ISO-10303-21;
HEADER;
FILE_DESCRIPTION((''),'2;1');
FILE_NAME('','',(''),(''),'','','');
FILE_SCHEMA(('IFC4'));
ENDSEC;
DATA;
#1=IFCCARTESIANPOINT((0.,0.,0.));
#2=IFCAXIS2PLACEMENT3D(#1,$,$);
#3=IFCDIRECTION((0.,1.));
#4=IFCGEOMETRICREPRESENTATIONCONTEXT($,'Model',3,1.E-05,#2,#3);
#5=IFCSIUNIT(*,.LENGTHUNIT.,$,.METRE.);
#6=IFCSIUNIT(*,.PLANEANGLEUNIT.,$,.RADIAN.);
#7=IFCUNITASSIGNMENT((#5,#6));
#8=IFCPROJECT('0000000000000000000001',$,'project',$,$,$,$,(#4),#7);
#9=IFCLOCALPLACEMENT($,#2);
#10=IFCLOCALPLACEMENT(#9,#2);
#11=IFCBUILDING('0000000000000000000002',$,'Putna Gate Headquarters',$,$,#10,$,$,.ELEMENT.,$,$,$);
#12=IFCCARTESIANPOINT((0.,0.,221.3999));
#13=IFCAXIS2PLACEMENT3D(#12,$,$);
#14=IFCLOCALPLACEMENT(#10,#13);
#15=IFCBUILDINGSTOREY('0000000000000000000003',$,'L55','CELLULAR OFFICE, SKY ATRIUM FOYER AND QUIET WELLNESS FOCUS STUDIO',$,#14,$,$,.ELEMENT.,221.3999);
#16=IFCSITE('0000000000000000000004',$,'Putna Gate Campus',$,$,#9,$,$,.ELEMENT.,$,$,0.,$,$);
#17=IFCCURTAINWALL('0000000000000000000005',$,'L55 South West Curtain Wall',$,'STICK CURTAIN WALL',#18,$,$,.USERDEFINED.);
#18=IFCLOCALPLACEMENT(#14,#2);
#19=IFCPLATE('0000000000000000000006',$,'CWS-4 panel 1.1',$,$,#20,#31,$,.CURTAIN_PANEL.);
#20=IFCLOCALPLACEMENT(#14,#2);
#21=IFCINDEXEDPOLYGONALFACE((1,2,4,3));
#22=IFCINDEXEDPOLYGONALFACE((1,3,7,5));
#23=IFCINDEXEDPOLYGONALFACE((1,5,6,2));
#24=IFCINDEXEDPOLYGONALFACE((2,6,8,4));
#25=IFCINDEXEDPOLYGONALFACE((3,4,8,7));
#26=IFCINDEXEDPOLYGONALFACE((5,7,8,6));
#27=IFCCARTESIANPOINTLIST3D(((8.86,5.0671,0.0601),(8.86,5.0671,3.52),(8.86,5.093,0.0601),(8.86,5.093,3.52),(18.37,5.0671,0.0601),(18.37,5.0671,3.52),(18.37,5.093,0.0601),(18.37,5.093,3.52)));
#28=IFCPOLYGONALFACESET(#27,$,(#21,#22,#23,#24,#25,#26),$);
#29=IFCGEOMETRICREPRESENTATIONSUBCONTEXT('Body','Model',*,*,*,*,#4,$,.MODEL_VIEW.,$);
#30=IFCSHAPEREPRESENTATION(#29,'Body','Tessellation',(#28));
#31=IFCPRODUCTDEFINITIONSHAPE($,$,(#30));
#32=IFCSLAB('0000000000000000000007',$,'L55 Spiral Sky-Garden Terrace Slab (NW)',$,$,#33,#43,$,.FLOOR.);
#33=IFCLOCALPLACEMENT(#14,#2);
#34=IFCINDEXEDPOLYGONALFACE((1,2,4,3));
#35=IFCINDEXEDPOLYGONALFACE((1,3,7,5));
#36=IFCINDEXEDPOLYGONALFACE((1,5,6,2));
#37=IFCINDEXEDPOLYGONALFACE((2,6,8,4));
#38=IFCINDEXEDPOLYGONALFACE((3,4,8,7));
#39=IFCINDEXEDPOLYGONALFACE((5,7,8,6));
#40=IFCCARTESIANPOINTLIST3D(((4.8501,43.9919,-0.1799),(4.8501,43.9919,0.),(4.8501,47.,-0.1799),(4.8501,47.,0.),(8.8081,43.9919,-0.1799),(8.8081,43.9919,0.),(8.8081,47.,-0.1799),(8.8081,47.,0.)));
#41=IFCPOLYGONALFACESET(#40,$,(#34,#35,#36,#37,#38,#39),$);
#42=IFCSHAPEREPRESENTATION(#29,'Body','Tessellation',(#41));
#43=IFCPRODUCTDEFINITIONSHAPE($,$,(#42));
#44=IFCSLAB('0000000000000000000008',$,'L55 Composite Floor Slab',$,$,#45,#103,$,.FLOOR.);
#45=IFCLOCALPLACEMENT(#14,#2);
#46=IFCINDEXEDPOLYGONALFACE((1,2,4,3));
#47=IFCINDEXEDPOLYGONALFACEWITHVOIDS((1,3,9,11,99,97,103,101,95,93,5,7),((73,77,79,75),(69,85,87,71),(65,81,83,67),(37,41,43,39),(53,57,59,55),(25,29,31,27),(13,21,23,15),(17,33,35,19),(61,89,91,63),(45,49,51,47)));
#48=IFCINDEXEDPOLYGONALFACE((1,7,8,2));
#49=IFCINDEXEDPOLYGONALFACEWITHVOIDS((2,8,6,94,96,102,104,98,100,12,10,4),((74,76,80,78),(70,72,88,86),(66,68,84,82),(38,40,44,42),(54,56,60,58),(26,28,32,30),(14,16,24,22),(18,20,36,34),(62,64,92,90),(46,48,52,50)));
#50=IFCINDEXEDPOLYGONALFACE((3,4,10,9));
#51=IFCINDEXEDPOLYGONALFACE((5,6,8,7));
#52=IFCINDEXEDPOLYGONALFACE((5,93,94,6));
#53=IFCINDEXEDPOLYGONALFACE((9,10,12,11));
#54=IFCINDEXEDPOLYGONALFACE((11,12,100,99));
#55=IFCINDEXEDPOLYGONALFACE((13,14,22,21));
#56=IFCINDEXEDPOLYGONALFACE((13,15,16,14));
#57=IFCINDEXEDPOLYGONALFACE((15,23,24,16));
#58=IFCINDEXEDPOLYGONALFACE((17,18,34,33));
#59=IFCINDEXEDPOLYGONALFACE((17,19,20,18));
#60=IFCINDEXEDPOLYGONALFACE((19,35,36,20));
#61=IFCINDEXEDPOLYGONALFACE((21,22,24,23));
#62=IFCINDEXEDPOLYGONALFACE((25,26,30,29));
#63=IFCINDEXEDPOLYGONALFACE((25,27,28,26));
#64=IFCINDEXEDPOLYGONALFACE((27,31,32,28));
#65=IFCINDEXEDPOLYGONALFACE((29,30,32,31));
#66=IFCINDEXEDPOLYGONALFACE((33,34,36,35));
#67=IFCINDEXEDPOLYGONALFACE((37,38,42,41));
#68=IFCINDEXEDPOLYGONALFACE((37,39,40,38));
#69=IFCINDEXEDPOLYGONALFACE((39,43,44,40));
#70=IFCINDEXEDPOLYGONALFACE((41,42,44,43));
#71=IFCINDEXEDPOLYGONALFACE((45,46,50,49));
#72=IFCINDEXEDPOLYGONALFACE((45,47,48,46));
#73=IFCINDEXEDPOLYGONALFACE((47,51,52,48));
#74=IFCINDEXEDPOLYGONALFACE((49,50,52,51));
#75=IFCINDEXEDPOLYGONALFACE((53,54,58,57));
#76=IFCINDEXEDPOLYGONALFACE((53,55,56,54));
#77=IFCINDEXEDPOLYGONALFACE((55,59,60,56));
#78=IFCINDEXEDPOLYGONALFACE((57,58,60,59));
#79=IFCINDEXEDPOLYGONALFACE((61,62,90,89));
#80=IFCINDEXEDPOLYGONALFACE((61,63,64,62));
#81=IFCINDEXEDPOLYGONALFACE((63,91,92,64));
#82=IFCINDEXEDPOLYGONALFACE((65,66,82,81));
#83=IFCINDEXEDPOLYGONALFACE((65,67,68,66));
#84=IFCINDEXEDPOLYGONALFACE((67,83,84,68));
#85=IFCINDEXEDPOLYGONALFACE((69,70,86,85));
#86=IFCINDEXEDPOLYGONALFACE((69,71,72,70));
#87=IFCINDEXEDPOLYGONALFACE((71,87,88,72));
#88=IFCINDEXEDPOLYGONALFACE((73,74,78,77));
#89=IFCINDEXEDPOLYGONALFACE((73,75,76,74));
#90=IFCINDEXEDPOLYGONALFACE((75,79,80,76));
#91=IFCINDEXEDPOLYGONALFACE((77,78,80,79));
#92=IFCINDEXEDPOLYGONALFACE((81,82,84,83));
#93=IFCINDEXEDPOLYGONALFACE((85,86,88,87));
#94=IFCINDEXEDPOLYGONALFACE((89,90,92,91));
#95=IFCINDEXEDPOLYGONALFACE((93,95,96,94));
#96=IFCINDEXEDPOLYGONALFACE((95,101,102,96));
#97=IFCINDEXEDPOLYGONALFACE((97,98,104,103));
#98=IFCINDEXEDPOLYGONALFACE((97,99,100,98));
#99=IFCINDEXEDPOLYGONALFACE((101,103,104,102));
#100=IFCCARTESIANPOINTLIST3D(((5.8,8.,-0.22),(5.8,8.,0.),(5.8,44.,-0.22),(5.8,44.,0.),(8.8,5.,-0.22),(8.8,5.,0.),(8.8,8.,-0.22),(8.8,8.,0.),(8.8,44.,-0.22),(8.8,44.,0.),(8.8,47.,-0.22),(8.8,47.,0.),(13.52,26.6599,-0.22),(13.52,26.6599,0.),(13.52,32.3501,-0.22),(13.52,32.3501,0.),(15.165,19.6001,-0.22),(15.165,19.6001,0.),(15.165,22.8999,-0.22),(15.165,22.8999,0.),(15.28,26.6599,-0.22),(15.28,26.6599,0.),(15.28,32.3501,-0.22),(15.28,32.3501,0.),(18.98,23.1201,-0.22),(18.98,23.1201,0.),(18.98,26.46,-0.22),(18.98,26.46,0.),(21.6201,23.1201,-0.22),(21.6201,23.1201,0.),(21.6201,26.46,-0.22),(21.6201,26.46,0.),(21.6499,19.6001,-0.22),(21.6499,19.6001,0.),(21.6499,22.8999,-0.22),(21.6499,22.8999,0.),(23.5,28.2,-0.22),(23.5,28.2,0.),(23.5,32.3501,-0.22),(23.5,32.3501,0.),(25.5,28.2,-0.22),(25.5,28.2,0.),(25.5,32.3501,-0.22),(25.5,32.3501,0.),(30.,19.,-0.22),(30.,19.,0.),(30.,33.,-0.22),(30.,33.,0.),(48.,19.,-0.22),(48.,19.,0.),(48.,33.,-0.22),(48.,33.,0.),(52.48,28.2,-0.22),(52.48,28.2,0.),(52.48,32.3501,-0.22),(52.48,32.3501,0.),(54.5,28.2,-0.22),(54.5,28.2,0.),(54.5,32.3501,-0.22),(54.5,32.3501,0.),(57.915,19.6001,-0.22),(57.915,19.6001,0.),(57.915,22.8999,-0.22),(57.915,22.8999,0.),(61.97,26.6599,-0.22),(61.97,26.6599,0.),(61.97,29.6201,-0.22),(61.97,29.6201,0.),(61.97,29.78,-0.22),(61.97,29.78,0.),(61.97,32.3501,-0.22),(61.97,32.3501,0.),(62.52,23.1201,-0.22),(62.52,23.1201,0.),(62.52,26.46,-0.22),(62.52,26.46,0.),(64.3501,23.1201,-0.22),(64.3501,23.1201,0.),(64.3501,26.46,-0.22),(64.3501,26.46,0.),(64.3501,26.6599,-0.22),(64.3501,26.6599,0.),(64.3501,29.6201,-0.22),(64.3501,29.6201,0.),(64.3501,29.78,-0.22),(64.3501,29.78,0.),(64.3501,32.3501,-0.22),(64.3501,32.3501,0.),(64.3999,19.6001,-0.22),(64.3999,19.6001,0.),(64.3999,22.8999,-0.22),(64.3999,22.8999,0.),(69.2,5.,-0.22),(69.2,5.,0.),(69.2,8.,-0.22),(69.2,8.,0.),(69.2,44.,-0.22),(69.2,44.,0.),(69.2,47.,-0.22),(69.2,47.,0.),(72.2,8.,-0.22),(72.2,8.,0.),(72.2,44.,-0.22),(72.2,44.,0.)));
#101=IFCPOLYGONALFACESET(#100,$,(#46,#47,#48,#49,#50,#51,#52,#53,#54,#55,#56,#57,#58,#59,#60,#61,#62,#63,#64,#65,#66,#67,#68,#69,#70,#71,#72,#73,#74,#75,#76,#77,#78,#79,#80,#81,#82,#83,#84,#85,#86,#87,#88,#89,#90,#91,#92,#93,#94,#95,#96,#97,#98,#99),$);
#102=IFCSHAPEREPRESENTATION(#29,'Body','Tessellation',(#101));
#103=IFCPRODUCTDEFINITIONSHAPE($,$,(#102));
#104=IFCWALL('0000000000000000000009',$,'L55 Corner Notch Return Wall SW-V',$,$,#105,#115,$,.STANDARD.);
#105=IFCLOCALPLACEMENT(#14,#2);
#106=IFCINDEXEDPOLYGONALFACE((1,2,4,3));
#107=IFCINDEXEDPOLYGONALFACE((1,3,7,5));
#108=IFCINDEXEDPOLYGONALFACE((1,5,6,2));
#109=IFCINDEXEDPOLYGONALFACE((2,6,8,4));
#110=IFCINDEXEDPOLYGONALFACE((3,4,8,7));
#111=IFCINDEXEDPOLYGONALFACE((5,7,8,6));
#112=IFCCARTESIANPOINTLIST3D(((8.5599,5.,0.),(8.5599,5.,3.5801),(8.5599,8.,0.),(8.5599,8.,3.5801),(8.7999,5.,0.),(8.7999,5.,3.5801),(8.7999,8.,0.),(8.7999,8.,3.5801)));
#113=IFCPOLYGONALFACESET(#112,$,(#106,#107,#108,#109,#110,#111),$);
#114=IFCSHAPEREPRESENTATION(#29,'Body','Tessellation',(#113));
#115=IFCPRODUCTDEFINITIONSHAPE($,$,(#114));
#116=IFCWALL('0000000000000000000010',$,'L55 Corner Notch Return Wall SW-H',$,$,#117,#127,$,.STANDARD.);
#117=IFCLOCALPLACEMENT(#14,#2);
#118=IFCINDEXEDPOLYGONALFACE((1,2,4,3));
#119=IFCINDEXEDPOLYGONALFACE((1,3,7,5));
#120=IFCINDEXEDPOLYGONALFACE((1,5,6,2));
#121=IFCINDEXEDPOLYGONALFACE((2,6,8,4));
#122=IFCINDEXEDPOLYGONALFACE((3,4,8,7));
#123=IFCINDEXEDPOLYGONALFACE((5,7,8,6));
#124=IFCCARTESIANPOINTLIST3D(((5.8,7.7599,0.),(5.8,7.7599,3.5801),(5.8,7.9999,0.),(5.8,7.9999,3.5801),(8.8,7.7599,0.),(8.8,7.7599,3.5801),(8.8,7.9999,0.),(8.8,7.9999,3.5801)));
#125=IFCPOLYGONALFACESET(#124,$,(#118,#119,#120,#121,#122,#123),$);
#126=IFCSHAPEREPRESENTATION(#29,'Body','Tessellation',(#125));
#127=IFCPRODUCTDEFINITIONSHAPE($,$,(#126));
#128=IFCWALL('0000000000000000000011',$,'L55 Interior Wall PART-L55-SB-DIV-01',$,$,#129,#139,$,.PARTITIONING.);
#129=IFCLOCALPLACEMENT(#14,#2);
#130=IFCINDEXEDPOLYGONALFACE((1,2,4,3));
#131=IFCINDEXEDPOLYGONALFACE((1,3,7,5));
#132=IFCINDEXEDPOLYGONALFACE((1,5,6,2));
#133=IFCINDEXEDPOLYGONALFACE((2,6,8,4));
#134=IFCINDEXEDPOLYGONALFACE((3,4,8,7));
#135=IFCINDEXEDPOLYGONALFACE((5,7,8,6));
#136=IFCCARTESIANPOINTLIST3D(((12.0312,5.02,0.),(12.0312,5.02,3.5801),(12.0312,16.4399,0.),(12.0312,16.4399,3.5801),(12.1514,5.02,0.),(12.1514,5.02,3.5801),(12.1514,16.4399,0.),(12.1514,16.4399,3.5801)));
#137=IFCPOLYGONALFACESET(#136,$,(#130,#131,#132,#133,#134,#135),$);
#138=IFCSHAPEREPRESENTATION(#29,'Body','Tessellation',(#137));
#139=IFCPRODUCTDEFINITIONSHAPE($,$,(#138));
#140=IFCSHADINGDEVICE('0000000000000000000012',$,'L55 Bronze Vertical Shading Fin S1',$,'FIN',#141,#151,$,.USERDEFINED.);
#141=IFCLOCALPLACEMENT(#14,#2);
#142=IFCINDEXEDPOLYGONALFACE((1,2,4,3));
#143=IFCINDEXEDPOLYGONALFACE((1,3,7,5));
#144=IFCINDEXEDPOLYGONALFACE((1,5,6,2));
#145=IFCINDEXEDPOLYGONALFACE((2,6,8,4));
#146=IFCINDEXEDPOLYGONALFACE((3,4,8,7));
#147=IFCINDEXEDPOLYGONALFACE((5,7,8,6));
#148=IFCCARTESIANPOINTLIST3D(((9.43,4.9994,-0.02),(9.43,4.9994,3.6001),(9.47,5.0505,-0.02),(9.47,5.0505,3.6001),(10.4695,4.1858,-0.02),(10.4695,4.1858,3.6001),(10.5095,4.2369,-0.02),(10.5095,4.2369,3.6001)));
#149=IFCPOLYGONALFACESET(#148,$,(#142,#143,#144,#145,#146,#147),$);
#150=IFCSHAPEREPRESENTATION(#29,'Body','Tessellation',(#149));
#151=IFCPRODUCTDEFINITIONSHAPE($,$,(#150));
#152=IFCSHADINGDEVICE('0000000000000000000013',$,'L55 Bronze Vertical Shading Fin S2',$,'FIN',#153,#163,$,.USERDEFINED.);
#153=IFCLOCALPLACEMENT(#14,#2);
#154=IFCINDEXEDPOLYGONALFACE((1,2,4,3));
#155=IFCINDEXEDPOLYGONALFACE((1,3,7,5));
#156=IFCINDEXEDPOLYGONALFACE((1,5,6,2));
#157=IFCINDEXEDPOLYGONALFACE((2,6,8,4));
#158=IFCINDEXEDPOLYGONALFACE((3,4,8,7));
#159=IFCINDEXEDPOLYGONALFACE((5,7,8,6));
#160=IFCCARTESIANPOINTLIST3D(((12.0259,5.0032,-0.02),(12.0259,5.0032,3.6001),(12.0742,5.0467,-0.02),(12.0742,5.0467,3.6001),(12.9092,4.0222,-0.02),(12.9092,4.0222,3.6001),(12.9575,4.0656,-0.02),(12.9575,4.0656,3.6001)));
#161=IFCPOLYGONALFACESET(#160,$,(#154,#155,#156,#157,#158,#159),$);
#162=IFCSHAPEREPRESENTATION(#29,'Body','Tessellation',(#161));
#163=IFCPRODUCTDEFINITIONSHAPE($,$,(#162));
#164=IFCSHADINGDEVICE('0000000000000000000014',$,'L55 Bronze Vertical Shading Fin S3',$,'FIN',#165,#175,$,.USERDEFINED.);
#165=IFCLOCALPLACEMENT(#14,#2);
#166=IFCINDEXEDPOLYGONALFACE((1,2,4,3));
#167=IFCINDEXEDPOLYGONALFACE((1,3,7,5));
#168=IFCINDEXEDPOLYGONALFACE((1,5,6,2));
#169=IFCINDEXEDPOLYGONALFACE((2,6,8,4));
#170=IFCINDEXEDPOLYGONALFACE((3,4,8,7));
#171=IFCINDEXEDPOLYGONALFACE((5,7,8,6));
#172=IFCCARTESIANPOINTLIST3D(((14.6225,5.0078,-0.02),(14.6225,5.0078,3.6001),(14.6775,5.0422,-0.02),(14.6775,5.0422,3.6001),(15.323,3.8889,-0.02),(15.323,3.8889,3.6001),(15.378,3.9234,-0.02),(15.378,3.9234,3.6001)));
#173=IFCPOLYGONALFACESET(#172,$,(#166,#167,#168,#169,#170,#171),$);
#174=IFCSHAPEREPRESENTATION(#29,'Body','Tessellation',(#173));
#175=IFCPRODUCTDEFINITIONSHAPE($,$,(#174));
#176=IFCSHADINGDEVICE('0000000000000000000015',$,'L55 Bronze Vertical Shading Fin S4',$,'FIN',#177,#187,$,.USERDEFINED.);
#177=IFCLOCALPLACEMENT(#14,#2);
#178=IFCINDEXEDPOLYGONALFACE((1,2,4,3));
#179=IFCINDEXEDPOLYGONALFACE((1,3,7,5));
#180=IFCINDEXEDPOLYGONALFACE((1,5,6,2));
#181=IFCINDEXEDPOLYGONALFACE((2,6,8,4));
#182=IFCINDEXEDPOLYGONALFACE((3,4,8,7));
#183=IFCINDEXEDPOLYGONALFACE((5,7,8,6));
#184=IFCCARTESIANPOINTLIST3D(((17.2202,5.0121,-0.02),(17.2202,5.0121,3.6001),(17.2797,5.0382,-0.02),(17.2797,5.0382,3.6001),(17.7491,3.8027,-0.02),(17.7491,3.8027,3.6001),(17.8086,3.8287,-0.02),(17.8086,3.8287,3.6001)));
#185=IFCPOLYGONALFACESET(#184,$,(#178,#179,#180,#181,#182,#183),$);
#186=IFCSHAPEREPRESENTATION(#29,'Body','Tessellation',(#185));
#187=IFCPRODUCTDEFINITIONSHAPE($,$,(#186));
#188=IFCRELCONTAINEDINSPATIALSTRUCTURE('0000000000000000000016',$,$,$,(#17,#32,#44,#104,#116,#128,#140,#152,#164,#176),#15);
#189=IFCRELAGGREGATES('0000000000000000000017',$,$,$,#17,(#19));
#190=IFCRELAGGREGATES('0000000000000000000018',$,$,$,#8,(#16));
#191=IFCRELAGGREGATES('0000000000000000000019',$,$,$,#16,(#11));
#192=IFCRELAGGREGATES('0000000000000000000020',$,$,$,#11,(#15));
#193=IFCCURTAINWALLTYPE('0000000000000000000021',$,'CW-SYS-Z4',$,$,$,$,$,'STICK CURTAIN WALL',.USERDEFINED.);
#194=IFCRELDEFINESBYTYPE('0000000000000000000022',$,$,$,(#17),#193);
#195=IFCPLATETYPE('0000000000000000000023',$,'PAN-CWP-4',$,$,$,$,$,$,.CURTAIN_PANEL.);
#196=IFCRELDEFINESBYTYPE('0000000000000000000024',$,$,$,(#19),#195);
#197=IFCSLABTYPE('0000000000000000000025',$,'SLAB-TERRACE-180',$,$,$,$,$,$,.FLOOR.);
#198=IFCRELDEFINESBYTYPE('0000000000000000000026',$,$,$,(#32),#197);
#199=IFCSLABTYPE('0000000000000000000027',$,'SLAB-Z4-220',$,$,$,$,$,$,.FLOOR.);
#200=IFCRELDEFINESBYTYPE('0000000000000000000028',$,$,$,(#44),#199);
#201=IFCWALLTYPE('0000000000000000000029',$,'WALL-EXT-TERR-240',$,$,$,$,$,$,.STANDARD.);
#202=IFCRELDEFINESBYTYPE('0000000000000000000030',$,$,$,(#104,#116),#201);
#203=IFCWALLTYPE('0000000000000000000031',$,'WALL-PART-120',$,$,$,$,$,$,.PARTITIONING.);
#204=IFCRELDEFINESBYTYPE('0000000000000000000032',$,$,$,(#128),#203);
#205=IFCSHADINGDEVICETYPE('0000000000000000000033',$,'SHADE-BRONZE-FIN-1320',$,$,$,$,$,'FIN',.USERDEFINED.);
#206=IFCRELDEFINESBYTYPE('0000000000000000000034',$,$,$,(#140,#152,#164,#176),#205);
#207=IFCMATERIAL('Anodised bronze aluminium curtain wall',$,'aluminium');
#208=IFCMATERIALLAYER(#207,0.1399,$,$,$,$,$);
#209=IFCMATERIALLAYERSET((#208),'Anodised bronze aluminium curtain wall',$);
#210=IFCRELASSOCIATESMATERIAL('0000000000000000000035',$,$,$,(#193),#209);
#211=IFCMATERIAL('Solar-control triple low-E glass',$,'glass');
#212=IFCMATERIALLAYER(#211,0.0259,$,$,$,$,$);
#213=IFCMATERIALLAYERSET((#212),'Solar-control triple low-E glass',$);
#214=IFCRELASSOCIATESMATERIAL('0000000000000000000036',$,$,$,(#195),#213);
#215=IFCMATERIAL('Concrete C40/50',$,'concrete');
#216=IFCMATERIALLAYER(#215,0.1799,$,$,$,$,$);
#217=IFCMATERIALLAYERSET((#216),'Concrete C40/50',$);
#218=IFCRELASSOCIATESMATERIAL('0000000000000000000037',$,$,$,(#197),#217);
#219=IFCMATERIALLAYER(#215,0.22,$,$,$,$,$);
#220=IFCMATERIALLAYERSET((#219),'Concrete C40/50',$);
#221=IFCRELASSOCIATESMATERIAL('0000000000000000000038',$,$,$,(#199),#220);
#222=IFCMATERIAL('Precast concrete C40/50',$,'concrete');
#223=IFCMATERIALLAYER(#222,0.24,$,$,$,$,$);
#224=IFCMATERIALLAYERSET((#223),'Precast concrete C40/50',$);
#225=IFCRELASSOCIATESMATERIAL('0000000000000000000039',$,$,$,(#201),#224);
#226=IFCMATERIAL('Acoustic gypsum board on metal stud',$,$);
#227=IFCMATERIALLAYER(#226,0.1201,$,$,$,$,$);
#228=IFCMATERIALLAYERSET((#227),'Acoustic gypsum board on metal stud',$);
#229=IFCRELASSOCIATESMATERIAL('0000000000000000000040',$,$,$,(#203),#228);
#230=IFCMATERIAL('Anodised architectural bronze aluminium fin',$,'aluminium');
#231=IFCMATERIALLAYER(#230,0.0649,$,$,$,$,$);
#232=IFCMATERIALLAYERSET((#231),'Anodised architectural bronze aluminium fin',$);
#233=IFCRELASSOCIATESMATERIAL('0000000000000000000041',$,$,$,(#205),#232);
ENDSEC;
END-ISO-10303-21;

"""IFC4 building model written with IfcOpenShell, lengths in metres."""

from ifc_helpers import new_model, si_unit, direction, frame, frame_2d, origin, origin_2d, place, context, subcontext, project, spatial, polyline, rectangle, outline, extrude, material, layer, layer_set, type_object, element, aggregate, save


model = new_model("IFC4")

# Units and contexts
model_context = context("Model", 3, precision=1e-05, world=origin(), true_north=direction((0.0, 1.0)))
body_context = subcontext(model_context, "Body", "Model", "MODEL_VIEW")
ifc_project = project(units=[si_unit("LENGTHUNIT", "METRE"), si_unit("PLANEANGLEUNIT", "RADIAN")], contexts=[model_context])

# Site, building, storey
site_placement = place(None, origin())
site = spatial("IfcSite", under=ifc_project, at=site_placement, Name="Putna Gate Campus", CompositionType="ELEMENT", RefElevation=0.0)
building_placement = place(site_placement, origin())
building = spatial("IfcBuilding", under=site, at=building_placement, Name="Putna Gate Headquarters", CompositionType="ELEMENT")
storey_placement = place(building_placement, frame((0.0, 0.0, 221.3999)))
storey = spatial("IfcBuildingStorey", under=building, at=storey_placement, Name="L55", Description="CELLULAR OFFICE, SKY ATRIUM FOYER AND QUIET WELLNESS FOCUS STUDIO", CompositionType="ELEMENT", Elevation=221.3999)

# Curtain wall
ifc_material_1 = material(Name="Anodised bronze aluminium curtain wall", Category="aluminium")
ifc_layer_1 = layer(ifc_material_1, 0.1399)
ifc_layer_set_1 = layer_set([ifc_layer_1], Name="Anodised bronze aluminium curtain wall")
curtain_wall_type = type_object("IfcCurtainWallType", Name="CW-SYS-Z4", ElementType="STICK CURTAIN WALL", PredefinedType="USERDEFINED", material=ifc_layer_set_1)
curtain_wall_1_placement = place(storey_placement, origin())
curtain_wall_1 = element("IfcCurtainWall", 1, at=curtain_wall_1_placement, inside=storey, type_object=curtain_wall_type, Name="L55 South West Curtain Wall", ObjectType="STICK CURTAIN WALL", PredefinedType="USERDEFINED")

# Shared definitions
ifc_material_2 = material(Name="Concrete C40/50", Category="concrete")

# Plate
ifc_material_3 = material(Name="Solar-control triple low-E glass", Category="glass")
ifc_layer_2 = layer(ifc_material_3, 0.0259)
ifc_layer_set_2 = layer_set([ifc_layer_2], Name="Solar-control triple low-E glass")
plate_type = type_object("IfcPlateType", Name="PAN-CWP-4", PredefinedType="CURTAIN_PANEL", material=ifc_layer_set_2)
plate_placement = place(storey_placement, frame((13.615, 5.0801, 0.0601), z_axis=(0.0, 0.0, 1.0), x_axis=(1.0, 0.0, 0.0)))
plate = element("IfcPlate", 2, at=plate_placement, type_object=plate_type, Name="CWS-4 panel 1.1", PredefinedType="CURTAIN_PANEL", context=body_context, shape_type="SweptSolid", body=[
    extrude(rectangle(XDim=9.51, YDim=0.0259, at=origin_2d()), origin(), (0.0, 0.0, 1.0), 3.46),
])
aggregate(curtain_wall_1, [plate])

# Slabs
ifc_layer_3 = layer(ifc_material_2, 0.1799)
ifc_layer_set_3 = layer_set([ifc_layer_3], Name="Concrete C40/50")
slab_type_1 = type_object("IfcSlabType", Name="SLAB-TERRACE-180", PredefinedType="FLOOR", material=ifc_layer_set_3)
slab_1_placement = place(storey_placement, frame((0.0, 0.0, -0.1799)))
element("IfcSlab", 3, at=slab_1_placement, inside=storey, type_object=slab_type_1, Name="L55 Spiral Sky-Garden Terrace Slab (NW)", PredefinedType="FLOOR", context=body_context, shape_type="SweptSolid", body=[
    extrude(outline(polyline([(4.8501, 43.9919), (8.8081, 43.9919), (8.8081, 47.0), (4.8501, 47.0), (4.8501, 43.9919)])), origin(), (0.0, 0.0, 1.0), 0.1799),
])
ifc_layer_4 = layer(ifc_material_2, 0.22)
ifc_layer_set_4 = layer_set([ifc_layer_4], Name="Concrete C40/50")
slab_type_2 = type_object("IfcSlabType", Name="SLAB-Z4-220", PredefinedType="FLOOR", material=ifc_layer_set_4)
slab_2_placement = place(storey_placement, frame((0.0, 0.0, -0.22)))
element("IfcSlab", 4, at=slab_2_placement, inside=storey, type_object=slab_type_2, Name="L55 Composite Floor Slab", PredefinedType="FLOOR", context=body_context, shape_type="SweptSolid", body=[
    extrude(outline(polyline([(8.8, 5.0), (69.2, 5.0), (69.2, 8.0), (72.2, 8.0), (72.2, 44.0), (69.2, 44.0), (69.2, 47.0), (8.8, 47.0), (8.8, 44.0), (5.8, 44.0), (5.8, 8.0), (8.8, 8.0), (8.8, 5.0)]), holes=[polyline([(15.165, 19.6001), (21.6499, 19.6001), (21.6499, 22.8999), (15.165, 22.8999), (15.165, 19.6001)]), polyline([(57.915, 19.6001), (64.3999, 19.6001), (64.3999, 22.8999), (57.915, 22.8999), (57.915, 19.6001)]), polyline([(13.52, 26.6599), (15.28, 26.6599), (15.28, 32.3501), (13.52, 32.3501), (13.52, 26.6599)]), polyline([(61.97, 29.78), (64.3501, 29.78), (64.3501, 32.3501), (61.97, 32.3501), (61.97, 29.78)]), polyline([(18.98, 23.1201), (21.6201, 23.1201), (21.6201, 26.46), (18.98, 26.46), (18.98, 23.1201)]), polyline([(62.52, 23.1201), (64.3501, 23.1201), (64.3501, 26.46), (62.52, 26.46), (62.52, 23.1201)]), polyline([(61.97, 26.6599), (64.3501, 26.6599), (64.3501, 29.6201), (61.97, 29.6201), (61.97, 26.6599)]), polyline([(23.5, 28.2), (25.5, 28.2), (25.5, 32.3501), (23.5, 32.3501), (23.5, 28.2)]), polyline([(52.48, 28.2), (54.5, 28.2), (54.5, 32.3501), (52.48, 32.3501), (52.48, 28.2)]), polyline([(30.0, 19.0), (48.0, 19.0), (48.0, 33.0), (30.0, 33.0), (30.0, 19.0)])]), origin(), (0.0, 0.0, 1.0), 0.22),
])

# Walls
ifc_material_4 = material(Name="Precast concrete C40/50", Category="concrete")
ifc_layer_5 = layer(ifc_material_4, 0.24)
ifc_layer_set_5 = layer_set([ifc_layer_5], Name="Precast concrete C40/50")
wall_type_1 = type_object("IfcWallType", Name="WALL-EXT-TERR-240", PredefinedType="STANDARD", material=ifc_layer_set_5)
for number, where, z_axis, x_axis, name in (
    (5, (8.6799, 5.0, 0.0), (0.0, 0.0, 1.0), (0.0, 1.0, 0.0), "L55 Corner Notch Return Wall SW-V"),
    (6, (8.8, 7.8799, 0.0), (0.0, 0.0, 1.0), (-1.0, 0.0, 0.0), "L55 Corner Notch Return Wall SW-H"),
):
    element("IfcWall", number, at=place(storey_placement, frame(where, z_axis=z_axis, x_axis=x_axis)), inside=storey, type_object=wall_type_1, Name=name, PredefinedType="STANDARD", context=body_context, shape_type="SweptSolid", body=[
        extrude(rectangle(XDim=3.0, YDim=0.24, at=frame_2d((1.5, 0.0))), origin(), (0.0, 0.0, 1.0), 3.5801),
    ])
ifc_material_5 = material(Name="Acoustic gypsum board on metal stud")
ifc_layer_6 = layer(ifc_material_5, 0.1201)
ifc_layer_set_6 = layer_set([ifc_layer_6], Name="Acoustic gypsum board on metal stud")
wall_type_2 = type_object("IfcWallType", Name="WALL-PART-120", PredefinedType="PARTITIONING", material=ifc_layer_set_6)
wall_placement = place(storey_placement, frame((12.0913, 5.02, 0.0), z_axis=(0.0, 0.0, 1.0), x_axis=(0.0, 1.0, 0.0)))
element("IfcWall", 7, at=wall_placement, inside=storey, type_object=wall_type_2, Name="L55 Interior Wall PART-L55-SB-DIV-01", PredefinedType="PARTITIONING", context=body_context, shape_type="SweptSolid", body=[
    extrude(rectangle(XDim=11.4199, YDim=0.1201, at=frame_2d((5.71, 0.0))), origin(), (0.0, 0.0, 1.0), 3.5801),
])

# Shading devices
ifc_material_6 = material(Name="Anodised architectural bronze aluminium fin", Category="aluminium")
ifc_layer_7 = layer(ifc_material_6, 0.0649)
ifc_layer_set_7 = layer_set([ifc_layer_7], Name="Anodised architectural bronze aluminium fin")
shading_device_type = type_object("IfcShadingDeviceType", Name="SHADE-BRONZE-FIN-1320", ElementType="FIN", PredefinedType="USERDEFINED", material=ifc_layer_set_7)
for number, where, z_axis, x_axis, name in (
    (8, (9.9697, 4.6182, -0.02), (0.0, 0.0, 1.0), (0.787473, -0.616349, 0.0), "L55 Bronze Vertical Shading Fin S1"),
    (9, (12.4917, 4.5344, -0.02), (0.0, 0.0, 1.0), (0.669131, -0.743145, 0.0), "L55 Bronze Vertical Shading Fin S2"),
    (10, (15.0002, 4.4656, -0.02), (0.0, 0.0, 1.0), (0.530659, -0.847585, 0.0), "L55 Bronze Vertical Shading Fin S3"),
    (11, (17.5144, 4.4204, -0.02), (0.0, 0.0, 1.0), (0.400669, -0.916223, 0.0), "L55 Bronze Vertical Shading Fin S4"),
):
    element("IfcShadingDevice", number, at=place(storey_placement, frame(where, z_axis=z_axis, x_axis=x_axis)), inside=storey, type_object=shading_device_type, Name=name, ObjectType="FIN", PredefinedType="USERDEFINED", context=body_context, shape_type="SweptSolid", body=[
        extrude(rectangle(XDim=1.3201, YDim=0.0649, at=origin_2d()), origin(), (0.0, 0.0, 1.0), 3.6201),
    ])

save(model, "model.ifc")
